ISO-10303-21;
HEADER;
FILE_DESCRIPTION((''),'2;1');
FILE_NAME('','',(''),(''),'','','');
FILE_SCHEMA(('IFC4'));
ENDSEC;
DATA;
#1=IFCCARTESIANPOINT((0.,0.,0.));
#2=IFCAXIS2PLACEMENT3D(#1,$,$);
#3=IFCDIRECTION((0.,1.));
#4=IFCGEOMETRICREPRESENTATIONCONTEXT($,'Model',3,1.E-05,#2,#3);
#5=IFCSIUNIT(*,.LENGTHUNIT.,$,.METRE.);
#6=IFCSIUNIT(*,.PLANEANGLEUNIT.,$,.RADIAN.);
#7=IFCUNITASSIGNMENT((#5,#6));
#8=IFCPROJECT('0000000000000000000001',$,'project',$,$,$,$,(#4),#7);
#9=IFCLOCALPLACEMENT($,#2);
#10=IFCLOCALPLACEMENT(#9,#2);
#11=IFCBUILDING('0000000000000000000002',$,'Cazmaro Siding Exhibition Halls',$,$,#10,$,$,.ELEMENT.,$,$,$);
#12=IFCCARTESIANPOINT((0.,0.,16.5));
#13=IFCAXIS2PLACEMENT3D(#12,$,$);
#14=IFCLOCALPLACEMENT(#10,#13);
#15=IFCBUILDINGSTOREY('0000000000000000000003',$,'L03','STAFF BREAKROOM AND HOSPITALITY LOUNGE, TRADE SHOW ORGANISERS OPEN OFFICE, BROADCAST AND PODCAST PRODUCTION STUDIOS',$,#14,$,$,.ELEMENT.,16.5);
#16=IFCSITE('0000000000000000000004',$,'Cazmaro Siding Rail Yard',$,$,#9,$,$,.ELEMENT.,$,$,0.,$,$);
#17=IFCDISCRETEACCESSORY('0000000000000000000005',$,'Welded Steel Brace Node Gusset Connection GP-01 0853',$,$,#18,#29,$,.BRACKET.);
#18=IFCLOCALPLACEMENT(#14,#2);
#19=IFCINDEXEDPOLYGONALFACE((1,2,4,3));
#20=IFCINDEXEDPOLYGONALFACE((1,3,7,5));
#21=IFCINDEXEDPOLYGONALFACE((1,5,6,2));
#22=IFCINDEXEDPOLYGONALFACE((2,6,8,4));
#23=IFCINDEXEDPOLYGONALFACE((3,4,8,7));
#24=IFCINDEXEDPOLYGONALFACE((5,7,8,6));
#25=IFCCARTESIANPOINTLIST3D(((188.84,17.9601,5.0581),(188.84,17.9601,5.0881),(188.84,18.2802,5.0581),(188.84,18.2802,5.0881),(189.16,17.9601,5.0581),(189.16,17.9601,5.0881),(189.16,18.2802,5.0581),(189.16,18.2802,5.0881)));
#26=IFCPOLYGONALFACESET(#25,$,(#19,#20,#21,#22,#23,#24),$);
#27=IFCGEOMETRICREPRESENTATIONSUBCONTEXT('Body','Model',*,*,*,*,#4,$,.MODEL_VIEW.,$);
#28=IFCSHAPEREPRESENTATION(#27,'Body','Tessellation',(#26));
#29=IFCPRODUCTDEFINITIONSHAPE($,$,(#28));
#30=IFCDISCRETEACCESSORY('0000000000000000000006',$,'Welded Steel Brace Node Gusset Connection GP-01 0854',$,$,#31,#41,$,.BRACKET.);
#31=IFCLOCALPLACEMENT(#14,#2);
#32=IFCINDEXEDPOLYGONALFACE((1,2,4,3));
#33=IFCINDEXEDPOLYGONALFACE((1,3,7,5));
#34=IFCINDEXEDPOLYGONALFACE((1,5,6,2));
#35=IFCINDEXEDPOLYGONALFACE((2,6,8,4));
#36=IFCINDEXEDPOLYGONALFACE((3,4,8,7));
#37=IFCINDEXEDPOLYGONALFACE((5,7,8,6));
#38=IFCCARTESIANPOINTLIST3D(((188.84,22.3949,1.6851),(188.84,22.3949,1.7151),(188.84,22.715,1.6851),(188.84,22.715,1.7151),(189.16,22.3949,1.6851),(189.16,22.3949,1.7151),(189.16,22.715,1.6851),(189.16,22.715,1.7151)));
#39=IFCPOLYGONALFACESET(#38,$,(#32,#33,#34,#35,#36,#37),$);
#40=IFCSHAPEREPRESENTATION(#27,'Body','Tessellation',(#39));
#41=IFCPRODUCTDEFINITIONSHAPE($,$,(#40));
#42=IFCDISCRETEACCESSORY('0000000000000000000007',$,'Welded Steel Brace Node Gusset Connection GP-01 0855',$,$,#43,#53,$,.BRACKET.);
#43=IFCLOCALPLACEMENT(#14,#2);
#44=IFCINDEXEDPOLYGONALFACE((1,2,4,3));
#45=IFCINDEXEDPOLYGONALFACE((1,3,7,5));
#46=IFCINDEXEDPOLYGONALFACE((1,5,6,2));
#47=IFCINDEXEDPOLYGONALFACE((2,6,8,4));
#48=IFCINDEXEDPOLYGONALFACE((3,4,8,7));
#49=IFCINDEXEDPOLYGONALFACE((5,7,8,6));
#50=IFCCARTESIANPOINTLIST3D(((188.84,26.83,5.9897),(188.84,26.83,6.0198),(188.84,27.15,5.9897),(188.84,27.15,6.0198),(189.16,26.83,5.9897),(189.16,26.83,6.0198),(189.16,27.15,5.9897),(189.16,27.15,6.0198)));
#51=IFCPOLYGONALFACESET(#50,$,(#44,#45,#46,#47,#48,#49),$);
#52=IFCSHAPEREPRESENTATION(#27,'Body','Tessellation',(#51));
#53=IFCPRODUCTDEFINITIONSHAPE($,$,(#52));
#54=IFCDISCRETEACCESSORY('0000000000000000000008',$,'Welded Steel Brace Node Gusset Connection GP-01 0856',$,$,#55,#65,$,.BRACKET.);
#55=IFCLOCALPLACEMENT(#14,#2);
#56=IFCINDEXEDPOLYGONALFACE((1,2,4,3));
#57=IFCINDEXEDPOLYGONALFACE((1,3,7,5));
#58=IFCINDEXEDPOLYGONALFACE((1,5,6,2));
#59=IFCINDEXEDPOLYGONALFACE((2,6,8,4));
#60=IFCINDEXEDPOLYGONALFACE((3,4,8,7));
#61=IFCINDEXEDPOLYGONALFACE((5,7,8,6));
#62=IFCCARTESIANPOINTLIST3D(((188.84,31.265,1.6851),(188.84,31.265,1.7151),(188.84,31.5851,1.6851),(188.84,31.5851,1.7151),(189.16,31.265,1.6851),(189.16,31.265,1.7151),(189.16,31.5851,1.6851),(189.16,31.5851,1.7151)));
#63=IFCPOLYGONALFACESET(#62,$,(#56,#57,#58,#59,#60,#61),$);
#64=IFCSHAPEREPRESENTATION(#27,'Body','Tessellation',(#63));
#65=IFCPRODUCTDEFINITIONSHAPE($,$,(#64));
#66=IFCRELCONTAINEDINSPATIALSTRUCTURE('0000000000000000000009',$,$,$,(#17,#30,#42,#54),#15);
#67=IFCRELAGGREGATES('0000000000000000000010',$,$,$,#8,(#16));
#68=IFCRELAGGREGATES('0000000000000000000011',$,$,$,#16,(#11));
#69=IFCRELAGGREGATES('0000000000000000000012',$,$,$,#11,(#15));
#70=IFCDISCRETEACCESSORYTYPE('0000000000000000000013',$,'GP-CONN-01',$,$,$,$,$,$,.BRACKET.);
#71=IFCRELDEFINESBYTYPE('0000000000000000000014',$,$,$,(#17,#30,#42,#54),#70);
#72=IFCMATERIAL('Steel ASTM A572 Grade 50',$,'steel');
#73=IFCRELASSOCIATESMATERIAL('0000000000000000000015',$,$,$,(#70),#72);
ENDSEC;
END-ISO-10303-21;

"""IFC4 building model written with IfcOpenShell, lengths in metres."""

from ifc_helpers import new_model, si_unit, direction, frame, origin, origin_2d, place, context, subcontext, project, spatial, rectangle, extrude, material, type_object, element, save


model = new_model("IFC4")

# Units and contexts
model_context = context("Model", 3, precision=1e-05, world=origin(), true_north=direction((0.0, 1.0)))
body_context = subcontext(model_context, "Body", "Model", "MODEL_VIEW")
ifc_project = project(units=[si_unit("LENGTHUNIT", "METRE"), si_unit("PLANEANGLEUNIT", "RADIAN")], contexts=[model_context])

# Site, building, storey
site_placement = place(None, origin())
site = spatial("IfcSite", under=ifc_project, at=site_placement, Name="Cazmaro Siding Rail Yard", CompositionType="ELEMENT", RefElevation=0.0)
building_placement = place(site_placement, origin())
building = spatial("IfcBuilding", under=site, at=building_placement, Name="Cazmaro Siding Exhibition Halls", CompositionType="ELEMENT")
storey_placement = place(building_placement, frame((0.0, 0.0, 16.5)))
storey = spatial("IfcBuildingStorey", under=building, at=storey_placement, Name="L03", Description="STAFF BREAKROOM AND HOSPITALITY LOUNGE, TRADE SHOW ORGANISERS OPEN OFFICE, BROADCAST AND PODCAST PRODUCTION STUDIOS", CompositionType="ELEMENT", Elevation=16.5)

# Discrete accessories
ifc_material_1 = material(Name="Steel ASTM A572 Grade 50", Category="steel")
discrete_accessory_type = type_object("IfcDiscreteAccessoryType", Name="GP-CONN-01", PredefinedType="BRACKET", material=ifc_material_1)
for number, where, z_axis, x_axis, name in (
    (1, (189.0, 18.1201, 5.0581), (0.0, 0.0, 1.0), (1.0, 0.0, 0.0), "Welded Steel Brace Node Gusset Connection GP-01 0853"),
    (2, (189.0, 22.5549, 1.6851), (0.0, 0.0, 1.0), (1.0, 0.0, 0.0), "Welded Steel Brace Node Gusset Connection GP-01 0854"),
    (3, (189.0, 26.99, 5.9897), (0.0, 0.0, 1.0), (1.0, 0.0, 0.0), "Welded Steel Brace Node Gusset Connection GP-01 0855"),
    (4, (189.0, 31.425, 1.6851), (0.0, 0.0, 1.0), (1.0, 0.0, 0.0), "Welded Steel Brace Node Gusset Connection GP-01 0856"),
):
    element("IfcDiscreteAccessory", number, at=place(storey_placement, frame(where, z_axis=z_axis, x_axis=x_axis)), inside=storey, type_object=discrete_accessory_type, Name=name, PredefinedType="BRACKET", context=body_context, shape_type="SweptSolid", body=[
        extrude(rectangle(XDim=0.3201, YDim=0.3201, at=origin_2d()), origin(), (0.0, 0.0, 1.0), 0.03),
    ])

save(model, "model.ifc")
